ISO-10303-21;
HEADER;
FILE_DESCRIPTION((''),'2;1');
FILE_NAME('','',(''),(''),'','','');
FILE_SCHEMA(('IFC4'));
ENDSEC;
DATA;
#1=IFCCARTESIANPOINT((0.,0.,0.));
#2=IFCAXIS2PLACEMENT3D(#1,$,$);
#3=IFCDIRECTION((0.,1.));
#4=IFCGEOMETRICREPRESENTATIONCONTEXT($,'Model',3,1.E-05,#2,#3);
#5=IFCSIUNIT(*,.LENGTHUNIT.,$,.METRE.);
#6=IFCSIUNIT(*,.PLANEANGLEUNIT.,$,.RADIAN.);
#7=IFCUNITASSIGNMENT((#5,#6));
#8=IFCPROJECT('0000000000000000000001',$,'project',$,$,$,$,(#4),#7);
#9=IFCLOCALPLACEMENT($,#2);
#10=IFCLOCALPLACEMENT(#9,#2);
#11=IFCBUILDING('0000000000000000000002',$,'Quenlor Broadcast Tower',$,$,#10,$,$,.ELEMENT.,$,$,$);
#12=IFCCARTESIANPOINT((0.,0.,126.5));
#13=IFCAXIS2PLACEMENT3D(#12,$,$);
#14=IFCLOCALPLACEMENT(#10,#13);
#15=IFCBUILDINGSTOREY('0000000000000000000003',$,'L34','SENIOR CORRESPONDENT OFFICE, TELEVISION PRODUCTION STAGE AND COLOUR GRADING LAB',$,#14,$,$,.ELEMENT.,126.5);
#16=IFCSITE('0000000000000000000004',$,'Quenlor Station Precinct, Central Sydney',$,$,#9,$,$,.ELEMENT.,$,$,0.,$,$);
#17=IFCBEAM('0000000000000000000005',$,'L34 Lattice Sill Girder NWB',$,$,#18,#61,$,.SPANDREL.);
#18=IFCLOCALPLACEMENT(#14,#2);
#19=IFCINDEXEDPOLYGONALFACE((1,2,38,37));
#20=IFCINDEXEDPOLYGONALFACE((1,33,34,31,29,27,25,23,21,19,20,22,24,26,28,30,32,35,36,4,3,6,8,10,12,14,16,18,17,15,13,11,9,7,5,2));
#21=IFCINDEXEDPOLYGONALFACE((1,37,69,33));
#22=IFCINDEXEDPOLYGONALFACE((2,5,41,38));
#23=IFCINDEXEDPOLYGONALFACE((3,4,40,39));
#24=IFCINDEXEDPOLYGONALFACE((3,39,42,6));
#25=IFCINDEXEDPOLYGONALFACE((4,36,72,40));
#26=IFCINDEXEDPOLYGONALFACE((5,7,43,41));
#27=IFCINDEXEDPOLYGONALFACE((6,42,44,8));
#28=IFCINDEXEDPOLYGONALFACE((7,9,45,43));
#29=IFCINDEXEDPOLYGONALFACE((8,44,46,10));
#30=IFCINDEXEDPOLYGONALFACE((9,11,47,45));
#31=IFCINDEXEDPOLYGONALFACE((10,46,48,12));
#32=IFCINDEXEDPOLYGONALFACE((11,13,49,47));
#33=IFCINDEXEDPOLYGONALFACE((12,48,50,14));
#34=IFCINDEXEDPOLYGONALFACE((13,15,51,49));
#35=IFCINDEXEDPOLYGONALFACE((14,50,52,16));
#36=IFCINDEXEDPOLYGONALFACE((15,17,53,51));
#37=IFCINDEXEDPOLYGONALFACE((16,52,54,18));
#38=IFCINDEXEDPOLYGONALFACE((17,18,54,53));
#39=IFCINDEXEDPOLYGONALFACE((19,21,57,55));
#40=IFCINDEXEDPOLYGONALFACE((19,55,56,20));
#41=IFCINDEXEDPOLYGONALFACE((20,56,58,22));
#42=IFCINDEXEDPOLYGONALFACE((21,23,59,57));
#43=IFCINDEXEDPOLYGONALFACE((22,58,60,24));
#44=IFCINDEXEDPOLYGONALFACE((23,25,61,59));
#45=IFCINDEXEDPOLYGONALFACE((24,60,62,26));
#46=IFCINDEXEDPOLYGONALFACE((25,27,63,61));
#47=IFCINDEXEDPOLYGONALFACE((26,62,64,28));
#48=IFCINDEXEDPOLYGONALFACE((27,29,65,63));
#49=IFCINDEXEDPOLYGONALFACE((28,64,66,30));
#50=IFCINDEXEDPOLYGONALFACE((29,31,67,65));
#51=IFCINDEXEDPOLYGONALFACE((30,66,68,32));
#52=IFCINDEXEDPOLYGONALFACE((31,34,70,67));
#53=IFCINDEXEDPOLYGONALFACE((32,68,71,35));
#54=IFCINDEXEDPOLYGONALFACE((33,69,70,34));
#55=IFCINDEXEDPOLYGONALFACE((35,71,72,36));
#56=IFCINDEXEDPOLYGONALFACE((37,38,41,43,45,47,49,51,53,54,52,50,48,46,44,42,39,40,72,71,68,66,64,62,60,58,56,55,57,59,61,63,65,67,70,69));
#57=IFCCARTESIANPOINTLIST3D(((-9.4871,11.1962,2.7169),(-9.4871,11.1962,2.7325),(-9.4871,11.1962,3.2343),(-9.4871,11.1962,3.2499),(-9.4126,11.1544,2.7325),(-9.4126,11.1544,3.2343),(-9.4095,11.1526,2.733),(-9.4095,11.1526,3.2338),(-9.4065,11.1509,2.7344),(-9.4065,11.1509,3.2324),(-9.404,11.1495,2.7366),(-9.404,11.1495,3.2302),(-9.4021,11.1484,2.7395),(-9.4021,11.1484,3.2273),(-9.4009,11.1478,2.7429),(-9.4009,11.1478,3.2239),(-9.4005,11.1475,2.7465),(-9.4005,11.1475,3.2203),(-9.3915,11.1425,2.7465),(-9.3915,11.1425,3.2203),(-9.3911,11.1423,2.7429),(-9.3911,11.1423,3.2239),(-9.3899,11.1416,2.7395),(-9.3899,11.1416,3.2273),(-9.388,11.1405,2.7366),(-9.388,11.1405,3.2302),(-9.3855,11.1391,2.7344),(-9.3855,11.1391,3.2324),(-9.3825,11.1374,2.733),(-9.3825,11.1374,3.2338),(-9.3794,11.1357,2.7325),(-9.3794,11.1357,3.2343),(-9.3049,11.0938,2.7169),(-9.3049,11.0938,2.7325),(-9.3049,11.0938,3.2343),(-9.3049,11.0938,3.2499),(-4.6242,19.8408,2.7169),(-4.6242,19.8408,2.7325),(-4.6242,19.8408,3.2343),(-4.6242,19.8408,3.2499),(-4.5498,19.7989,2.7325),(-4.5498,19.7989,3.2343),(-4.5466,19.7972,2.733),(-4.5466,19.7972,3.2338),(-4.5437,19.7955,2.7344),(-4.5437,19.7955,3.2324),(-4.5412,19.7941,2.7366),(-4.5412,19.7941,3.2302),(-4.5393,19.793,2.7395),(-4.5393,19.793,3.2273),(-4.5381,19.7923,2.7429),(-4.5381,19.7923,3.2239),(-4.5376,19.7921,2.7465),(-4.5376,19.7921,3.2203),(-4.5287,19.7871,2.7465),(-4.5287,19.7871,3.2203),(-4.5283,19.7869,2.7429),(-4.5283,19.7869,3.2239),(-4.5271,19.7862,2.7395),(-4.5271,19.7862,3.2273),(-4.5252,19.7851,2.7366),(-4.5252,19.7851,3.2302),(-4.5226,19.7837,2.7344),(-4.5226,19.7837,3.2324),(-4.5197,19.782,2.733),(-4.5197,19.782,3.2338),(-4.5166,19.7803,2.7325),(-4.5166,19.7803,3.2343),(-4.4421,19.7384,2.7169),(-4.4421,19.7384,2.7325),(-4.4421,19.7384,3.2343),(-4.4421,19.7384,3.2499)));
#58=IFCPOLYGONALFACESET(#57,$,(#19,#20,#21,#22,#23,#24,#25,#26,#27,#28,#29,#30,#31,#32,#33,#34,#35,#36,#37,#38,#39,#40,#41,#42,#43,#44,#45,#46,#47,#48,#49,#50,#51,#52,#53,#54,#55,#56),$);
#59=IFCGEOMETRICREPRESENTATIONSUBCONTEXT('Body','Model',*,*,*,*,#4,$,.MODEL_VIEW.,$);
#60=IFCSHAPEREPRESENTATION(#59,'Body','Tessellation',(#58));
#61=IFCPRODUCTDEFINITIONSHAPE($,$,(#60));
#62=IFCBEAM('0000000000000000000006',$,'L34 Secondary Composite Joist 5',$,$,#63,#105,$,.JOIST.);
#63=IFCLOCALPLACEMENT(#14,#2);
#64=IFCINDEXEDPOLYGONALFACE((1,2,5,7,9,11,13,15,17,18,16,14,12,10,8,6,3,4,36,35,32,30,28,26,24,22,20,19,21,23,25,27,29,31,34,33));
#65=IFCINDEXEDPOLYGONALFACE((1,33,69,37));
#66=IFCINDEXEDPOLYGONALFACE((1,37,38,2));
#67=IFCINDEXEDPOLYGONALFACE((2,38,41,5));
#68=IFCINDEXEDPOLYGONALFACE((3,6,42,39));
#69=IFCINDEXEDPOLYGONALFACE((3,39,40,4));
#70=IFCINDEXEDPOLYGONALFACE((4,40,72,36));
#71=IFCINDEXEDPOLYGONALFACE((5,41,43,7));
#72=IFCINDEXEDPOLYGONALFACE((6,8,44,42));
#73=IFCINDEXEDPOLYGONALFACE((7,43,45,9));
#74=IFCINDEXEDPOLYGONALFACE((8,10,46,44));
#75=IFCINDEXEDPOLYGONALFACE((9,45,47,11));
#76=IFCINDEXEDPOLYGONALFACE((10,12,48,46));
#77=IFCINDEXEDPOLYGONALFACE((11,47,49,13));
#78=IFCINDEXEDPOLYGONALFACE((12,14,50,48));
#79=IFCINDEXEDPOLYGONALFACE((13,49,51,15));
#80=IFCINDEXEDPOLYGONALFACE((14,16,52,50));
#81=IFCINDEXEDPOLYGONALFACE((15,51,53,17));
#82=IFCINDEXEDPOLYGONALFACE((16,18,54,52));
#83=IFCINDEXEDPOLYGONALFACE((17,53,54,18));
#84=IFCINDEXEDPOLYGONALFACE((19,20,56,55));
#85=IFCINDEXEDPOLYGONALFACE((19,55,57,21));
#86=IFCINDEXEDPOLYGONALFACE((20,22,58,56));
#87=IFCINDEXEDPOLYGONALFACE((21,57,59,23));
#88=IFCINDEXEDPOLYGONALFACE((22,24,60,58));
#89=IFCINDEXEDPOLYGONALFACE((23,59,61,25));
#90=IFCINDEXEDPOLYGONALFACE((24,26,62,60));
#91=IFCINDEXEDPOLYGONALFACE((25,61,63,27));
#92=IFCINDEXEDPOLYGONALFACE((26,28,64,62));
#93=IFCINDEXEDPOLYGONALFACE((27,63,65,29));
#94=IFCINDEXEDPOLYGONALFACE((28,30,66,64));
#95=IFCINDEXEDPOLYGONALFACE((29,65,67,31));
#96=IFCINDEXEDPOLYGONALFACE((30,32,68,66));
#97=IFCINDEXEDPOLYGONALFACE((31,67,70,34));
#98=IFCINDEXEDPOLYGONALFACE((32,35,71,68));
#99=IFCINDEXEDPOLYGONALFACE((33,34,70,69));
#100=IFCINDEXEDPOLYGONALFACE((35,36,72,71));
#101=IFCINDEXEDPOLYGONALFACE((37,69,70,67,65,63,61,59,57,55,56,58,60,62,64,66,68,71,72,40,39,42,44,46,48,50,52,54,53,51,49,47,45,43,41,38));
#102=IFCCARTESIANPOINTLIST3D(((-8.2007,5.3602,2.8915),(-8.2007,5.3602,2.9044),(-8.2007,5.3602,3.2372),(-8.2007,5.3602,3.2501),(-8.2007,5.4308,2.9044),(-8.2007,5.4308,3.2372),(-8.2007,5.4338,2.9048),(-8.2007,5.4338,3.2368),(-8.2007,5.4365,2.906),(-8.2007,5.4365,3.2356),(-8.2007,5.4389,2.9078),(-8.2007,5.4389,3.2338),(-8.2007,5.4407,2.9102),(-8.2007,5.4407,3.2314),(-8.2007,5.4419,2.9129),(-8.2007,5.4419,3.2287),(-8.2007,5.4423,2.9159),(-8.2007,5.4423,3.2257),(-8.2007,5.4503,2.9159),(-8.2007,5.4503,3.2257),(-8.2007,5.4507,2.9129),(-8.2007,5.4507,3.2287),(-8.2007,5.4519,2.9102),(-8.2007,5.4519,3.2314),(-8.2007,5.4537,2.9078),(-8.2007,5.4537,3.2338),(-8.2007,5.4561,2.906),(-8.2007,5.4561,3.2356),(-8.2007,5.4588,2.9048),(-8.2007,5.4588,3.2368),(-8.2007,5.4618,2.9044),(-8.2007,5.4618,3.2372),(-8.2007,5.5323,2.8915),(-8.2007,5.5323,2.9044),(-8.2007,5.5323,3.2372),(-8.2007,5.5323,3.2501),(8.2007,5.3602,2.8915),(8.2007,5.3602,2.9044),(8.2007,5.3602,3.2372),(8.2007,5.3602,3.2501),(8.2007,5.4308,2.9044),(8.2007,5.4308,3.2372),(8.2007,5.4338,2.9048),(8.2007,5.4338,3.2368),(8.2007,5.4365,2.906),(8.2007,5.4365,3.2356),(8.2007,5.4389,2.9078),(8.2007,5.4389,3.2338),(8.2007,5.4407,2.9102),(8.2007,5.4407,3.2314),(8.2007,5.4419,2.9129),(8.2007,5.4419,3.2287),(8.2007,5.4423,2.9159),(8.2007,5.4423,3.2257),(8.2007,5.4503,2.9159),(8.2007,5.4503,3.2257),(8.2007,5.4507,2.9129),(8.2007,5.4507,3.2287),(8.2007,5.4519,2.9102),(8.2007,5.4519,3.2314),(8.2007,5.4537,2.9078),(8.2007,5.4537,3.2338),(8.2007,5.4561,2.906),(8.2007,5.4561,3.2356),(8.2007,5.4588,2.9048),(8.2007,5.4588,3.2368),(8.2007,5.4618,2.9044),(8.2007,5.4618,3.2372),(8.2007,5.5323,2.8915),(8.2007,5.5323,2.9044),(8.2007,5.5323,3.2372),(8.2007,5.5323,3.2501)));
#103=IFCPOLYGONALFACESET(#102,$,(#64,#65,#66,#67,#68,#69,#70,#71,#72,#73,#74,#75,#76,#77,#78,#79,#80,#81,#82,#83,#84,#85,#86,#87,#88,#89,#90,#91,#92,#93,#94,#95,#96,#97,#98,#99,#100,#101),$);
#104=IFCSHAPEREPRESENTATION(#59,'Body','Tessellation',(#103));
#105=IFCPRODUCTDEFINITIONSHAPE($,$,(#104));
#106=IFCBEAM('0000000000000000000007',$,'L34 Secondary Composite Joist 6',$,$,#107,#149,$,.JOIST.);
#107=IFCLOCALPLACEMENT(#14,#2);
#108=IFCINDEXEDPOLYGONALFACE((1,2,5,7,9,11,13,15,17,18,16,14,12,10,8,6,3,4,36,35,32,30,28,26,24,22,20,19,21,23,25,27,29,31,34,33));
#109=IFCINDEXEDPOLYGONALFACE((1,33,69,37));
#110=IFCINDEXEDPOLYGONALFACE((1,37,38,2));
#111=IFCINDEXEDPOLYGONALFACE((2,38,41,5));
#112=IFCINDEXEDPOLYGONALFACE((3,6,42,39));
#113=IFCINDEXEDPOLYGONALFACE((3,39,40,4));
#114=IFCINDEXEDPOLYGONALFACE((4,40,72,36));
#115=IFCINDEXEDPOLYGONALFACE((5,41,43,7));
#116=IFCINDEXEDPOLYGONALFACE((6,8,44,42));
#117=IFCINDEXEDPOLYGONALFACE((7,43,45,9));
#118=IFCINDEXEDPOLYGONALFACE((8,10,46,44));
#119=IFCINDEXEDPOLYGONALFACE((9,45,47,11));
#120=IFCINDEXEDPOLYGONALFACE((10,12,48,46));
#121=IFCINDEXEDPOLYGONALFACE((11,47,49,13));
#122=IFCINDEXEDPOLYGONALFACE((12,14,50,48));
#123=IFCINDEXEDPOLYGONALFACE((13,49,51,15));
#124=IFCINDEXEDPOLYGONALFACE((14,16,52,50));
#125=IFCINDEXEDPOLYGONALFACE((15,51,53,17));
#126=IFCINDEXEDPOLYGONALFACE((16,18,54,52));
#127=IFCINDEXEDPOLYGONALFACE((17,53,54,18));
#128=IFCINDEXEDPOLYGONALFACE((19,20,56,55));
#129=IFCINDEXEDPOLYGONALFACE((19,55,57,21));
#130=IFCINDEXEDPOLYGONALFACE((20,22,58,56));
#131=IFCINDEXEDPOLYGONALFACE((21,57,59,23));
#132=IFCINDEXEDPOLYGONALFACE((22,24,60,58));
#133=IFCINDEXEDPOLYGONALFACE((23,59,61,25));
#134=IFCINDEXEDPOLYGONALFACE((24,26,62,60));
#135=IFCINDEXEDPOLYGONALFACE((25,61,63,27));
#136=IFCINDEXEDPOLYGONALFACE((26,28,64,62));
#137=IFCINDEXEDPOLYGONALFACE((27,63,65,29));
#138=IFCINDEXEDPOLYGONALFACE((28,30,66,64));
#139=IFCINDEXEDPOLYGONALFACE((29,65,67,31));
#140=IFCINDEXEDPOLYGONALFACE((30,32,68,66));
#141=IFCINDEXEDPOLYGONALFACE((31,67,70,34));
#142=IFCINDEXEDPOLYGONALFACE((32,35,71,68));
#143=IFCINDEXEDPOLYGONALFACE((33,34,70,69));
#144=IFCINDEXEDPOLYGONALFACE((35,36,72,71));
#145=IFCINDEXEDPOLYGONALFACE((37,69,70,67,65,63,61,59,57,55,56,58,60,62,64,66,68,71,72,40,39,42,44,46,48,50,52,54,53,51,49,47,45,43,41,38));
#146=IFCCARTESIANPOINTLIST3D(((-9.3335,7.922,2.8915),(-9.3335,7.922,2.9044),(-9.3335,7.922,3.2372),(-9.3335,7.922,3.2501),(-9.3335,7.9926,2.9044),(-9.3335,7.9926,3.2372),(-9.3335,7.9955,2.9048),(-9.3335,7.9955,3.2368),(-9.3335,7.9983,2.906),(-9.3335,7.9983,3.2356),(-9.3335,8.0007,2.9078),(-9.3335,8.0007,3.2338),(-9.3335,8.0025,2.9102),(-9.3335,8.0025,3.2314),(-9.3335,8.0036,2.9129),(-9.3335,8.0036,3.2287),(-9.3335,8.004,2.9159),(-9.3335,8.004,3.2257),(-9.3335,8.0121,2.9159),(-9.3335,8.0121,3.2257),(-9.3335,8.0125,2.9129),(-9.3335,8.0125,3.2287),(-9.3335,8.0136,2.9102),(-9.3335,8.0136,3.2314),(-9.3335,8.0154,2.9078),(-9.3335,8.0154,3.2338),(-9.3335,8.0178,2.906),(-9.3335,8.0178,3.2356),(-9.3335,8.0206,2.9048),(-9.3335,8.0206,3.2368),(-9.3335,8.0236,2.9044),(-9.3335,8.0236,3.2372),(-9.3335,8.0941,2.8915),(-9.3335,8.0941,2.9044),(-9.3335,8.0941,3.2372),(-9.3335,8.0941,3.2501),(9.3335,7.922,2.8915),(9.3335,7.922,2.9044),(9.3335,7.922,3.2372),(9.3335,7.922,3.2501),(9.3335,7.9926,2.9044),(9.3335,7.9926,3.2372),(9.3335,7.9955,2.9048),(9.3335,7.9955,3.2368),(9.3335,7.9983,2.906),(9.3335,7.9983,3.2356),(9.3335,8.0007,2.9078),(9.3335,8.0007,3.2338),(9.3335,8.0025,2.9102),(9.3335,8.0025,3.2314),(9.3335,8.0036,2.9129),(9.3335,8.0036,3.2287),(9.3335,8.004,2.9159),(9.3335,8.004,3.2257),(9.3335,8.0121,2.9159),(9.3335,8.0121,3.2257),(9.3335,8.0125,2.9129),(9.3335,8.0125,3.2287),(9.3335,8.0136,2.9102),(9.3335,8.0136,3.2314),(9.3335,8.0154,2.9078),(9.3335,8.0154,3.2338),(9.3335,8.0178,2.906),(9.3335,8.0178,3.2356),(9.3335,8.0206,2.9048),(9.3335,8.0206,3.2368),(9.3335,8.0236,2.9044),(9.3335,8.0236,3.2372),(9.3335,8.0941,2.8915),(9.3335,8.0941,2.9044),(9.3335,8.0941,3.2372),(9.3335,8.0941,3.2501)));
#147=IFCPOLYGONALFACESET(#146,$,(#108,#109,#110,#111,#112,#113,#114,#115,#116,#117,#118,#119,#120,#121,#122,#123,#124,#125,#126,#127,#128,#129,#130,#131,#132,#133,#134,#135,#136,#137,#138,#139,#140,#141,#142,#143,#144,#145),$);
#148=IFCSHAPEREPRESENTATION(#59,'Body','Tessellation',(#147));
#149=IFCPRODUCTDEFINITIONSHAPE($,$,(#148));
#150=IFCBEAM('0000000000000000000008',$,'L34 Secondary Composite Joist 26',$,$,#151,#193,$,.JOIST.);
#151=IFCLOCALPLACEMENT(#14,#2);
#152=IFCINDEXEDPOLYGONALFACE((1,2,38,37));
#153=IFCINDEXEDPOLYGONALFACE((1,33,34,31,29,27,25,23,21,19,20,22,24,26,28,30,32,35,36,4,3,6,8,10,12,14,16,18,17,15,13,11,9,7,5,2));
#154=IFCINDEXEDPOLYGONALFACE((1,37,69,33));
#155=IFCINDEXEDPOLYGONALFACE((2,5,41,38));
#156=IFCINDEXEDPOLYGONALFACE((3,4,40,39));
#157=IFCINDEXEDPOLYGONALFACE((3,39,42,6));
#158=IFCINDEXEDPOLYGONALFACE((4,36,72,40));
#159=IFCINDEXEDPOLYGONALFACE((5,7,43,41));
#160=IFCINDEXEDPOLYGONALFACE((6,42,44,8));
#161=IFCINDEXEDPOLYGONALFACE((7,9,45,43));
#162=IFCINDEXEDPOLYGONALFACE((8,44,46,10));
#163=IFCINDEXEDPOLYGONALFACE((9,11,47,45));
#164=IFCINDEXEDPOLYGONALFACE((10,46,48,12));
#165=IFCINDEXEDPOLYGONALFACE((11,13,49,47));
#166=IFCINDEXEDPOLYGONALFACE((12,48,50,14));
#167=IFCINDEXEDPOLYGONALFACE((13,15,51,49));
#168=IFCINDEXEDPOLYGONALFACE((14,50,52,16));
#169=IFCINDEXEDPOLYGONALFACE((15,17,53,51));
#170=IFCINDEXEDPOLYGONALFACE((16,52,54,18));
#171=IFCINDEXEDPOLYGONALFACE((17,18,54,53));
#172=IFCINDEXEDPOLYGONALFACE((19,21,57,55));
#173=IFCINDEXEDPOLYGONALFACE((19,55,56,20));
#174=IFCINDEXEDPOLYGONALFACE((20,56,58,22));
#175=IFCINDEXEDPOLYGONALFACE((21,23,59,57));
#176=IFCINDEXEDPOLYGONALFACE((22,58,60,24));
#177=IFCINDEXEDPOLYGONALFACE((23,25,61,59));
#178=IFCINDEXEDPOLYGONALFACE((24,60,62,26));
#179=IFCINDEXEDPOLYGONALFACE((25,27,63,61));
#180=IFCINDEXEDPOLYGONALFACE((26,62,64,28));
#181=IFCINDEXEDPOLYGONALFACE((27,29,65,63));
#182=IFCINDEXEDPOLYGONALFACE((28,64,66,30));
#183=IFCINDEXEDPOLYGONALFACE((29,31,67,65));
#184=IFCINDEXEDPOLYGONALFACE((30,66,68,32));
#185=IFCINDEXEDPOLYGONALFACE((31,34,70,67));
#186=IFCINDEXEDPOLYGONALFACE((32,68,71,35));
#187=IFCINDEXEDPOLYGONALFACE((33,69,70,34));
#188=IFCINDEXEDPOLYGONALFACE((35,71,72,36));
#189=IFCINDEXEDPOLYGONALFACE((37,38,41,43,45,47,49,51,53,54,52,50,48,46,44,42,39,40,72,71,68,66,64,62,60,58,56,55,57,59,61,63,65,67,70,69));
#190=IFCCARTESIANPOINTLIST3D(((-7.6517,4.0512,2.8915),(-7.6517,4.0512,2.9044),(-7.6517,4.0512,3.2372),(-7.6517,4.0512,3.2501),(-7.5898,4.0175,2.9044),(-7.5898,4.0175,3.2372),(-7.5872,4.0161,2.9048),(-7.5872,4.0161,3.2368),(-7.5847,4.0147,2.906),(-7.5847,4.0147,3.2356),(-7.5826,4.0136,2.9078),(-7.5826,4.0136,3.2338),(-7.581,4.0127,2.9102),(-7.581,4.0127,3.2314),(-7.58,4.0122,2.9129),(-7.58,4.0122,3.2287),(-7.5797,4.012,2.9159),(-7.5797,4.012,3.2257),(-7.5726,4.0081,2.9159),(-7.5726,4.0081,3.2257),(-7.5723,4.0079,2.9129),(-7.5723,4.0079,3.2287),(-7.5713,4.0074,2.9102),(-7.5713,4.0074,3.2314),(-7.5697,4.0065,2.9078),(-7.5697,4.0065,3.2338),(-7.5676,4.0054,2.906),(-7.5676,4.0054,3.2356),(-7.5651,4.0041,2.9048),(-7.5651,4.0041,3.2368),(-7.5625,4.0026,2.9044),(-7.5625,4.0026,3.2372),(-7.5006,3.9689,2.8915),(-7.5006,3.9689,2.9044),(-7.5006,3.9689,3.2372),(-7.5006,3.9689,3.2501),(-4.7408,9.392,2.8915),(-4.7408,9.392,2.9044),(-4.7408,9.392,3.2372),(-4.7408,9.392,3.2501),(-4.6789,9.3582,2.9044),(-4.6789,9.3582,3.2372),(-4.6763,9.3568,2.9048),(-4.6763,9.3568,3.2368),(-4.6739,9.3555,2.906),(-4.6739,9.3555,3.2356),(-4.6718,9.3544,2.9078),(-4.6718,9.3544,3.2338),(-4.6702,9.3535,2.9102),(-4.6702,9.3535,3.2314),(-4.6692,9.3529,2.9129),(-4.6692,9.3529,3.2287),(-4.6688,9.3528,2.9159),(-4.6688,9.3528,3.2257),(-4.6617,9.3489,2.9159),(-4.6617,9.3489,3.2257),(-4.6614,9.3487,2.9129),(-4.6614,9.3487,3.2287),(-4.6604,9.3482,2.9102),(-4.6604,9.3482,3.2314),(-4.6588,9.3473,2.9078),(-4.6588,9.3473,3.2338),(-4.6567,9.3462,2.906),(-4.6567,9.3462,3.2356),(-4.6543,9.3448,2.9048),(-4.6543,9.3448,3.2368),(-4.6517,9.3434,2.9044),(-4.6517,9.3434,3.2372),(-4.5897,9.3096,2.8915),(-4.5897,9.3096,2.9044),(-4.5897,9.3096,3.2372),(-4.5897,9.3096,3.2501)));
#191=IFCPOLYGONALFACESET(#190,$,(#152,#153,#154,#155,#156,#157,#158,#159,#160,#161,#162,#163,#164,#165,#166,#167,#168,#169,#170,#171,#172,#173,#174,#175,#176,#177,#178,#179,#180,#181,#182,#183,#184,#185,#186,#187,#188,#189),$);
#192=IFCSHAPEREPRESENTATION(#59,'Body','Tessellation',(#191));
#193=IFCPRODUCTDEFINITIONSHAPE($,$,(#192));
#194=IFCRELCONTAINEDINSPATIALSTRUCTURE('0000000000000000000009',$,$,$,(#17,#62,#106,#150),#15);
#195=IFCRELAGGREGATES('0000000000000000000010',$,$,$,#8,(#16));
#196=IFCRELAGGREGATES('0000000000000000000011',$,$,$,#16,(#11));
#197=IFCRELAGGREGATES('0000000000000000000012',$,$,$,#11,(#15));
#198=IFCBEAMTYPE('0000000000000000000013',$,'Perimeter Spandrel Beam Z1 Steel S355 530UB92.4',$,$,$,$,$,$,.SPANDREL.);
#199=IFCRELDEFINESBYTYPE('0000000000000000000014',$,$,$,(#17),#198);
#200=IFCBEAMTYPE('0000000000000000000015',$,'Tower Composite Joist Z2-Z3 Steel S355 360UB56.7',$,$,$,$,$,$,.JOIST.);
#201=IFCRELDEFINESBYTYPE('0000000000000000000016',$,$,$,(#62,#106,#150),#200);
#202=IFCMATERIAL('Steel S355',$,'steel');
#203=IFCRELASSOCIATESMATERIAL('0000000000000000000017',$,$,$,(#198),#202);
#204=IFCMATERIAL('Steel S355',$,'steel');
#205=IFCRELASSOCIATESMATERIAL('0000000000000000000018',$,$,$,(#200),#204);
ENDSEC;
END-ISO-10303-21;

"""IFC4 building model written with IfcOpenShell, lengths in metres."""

from ifc_helpers import new_model, si_unit, direction, frame, origin, origin_2d, place, context, subcontext, project, spatial, i_section, extrude, material, material_profile, profile_set, type_object, element, save


model = new_model("IFC4")

# Units and contexts
model_context = context("Model", 3, precision=1e-05, world=origin(), true_north=direction((0.0, 1.0)))
body_context = subcontext(model_context, "Body", "Model", "MODEL_VIEW")
ifc_project = project(units=[si_unit("LENGTHUNIT", "METRE"), si_unit("PLANEANGLEUNIT", "RADIAN")], contexts=[model_context])

# Site, building, storey
site_placement = place(None, origin())
site = spatial("IfcSite", under=ifc_project, at=site_placement, Name="Quenlor Station Precinct, Central Sydney", CompositionType="ELEMENT", RefElevation=0.0)
building_placement = place(site_placement, origin())
building = spatial("IfcBuilding", under=site, at=building_placement, Name="Quenlor Broadcast Tower", CompositionType="ELEMENT")
storey_placement = place(building_placement, frame((0.0, 0.0, 126.5)))
storey = spatial("IfcBuildingStorey", under=building, at=storey_placement, Name="L34", Description="SENIOR CORRESPONDENT OFFICE, TELEVISION PRODUCTION STAGE AND COLOUR GRADING LAB", CompositionType="ELEMENT", Elevation=126.5)

# Beams
ifc_material_1 = material(Name="Steel S355", Category="steel")
ifc_material_profile_1 = material_profile(ifc_material_1, i_section(OverallWidth=0.209, OverallDepth=0.533, WebThickness=0.0103, FlangeThickness=0.0156, FilletRadius=0.0139, at=origin_2d()))
ifc_profile_set_1 = profile_set([ifc_material_profile_1], Name="Steel S355 530UB92.4")
beam_type_1 = type_object("IfcBeamType", Name="Perimeter Spandrel Beam Z1 Steel S355 530UB92.4", PredefinedType="SPANDREL", material=ifc_profile_set_1)
beam_1_placement = place(storey_placement, frame((-9.396, 11.145, 2.9834), z_axis=(0.49028, 0.871565, 0.0), x_axis=(-0.871565, 0.49028, 0.0)))
element("IfcBeam", 1, at=beam_1_placement, inside=storey, type_object=beam_type_1, Name="L34 Lattice Sill Girder NWB", PredefinedType="SPANDREL", context=body_context, shape_type="SweptSolid", body=[
    extrude(i_section(OverallWidth=0.209, OverallDepth=0.533, WebThickness=0.0103, FlangeThickness=0.0156, FilletRadius=0.0139, at=origin_2d()), origin(), (0.0, 0.0, 1.0), 9.9185),
])
ifc_material_2 = material(Name="Steel S355", Category="steel")
ifc_material_profile_2 = material_profile(ifc_material_2, i_section(OverallWidth=0.1721, OverallDepth=0.3586, WebThickness=0.0081, FlangeThickness=0.0129, FilletRadius=0.0115, at=origin_2d()))
ifc_profile_set_2 = profile_set([ifc_material_profile_2], Name="Steel S355 360UB56.7")
beam_type_2 = type_object("IfcBeamType", Name="Tower Composite Joist Z2-Z3 Steel S355 360UB56.7", PredefinedType="JOIST", material=ifc_profile_set_2)
beam_2_placement = place(storey_placement, frame((-8.2007, 5.4463, 3.0708), z_axis=(1.0, 0.0, 0.0), x_axis=(0.0, 1.0, 0.0)))
element("IfcBeam", 2, at=beam_2_placement, inside=storey, type_object=beam_type_2, Name="L34 Secondary Composite Joist 5", PredefinedType="JOIST", context=body_context, shape_type="SweptSolid", body=[
    extrude(i_section(OverallWidth=0.1721, OverallDepth=0.3586, WebThickness=0.0081, FlangeThickness=0.0129, FilletRadius=0.0115, at=origin_2d()), origin(), (0.0, 0.0, 1.0), 16.4014),
])
beam_3_placement = place(storey_placement, frame((-9.3335, 8.0081, 3.0708), z_axis=(1.0, 0.0, 0.0), x_axis=(0.0, 1.0, 0.0)))
element("IfcBeam", 3, at=beam_3_placement, inside=storey, type_object=beam_type_2, Name="L34 Secondary Composite Joist 6", PredefinedType="JOIST", context=body_context, shape_type="SweptSolid", body=[
    extrude(i_section(OverallWidth=0.1721, OverallDepth=0.3586, WebThickness=0.0081, FlangeThickness=0.0129, FilletRadius=0.0115, at=origin_2d()), origin(), (0.0, 0.0, 1.0), 18.667),
])
beam_4_placement = place(storey_placement, frame((-4.6653, 9.3508, 3.0708), z_axis=(-0.478562, -0.878054, 0.0), x_axis=(0.878054, -0.478562, 0.0)))
element("IfcBeam", 4, at=beam_4_placement, inside=storey, type_object=beam_type_2, Name="L34 Secondary Composite Joist 26", PredefinedType="JOIST", context=body_context, shape_type="SweptSolid", body=[
    extrude(i_section(OverallWidth=0.1721, OverallDepth=0.3586, WebThickness=0.0081, FlangeThickness=0.0129, FilletRadius=0.0115, at=origin_2d()), origin(), (0.0, 0.0, 1.0), 6.0825),
])

save(model, "model.ifc")
